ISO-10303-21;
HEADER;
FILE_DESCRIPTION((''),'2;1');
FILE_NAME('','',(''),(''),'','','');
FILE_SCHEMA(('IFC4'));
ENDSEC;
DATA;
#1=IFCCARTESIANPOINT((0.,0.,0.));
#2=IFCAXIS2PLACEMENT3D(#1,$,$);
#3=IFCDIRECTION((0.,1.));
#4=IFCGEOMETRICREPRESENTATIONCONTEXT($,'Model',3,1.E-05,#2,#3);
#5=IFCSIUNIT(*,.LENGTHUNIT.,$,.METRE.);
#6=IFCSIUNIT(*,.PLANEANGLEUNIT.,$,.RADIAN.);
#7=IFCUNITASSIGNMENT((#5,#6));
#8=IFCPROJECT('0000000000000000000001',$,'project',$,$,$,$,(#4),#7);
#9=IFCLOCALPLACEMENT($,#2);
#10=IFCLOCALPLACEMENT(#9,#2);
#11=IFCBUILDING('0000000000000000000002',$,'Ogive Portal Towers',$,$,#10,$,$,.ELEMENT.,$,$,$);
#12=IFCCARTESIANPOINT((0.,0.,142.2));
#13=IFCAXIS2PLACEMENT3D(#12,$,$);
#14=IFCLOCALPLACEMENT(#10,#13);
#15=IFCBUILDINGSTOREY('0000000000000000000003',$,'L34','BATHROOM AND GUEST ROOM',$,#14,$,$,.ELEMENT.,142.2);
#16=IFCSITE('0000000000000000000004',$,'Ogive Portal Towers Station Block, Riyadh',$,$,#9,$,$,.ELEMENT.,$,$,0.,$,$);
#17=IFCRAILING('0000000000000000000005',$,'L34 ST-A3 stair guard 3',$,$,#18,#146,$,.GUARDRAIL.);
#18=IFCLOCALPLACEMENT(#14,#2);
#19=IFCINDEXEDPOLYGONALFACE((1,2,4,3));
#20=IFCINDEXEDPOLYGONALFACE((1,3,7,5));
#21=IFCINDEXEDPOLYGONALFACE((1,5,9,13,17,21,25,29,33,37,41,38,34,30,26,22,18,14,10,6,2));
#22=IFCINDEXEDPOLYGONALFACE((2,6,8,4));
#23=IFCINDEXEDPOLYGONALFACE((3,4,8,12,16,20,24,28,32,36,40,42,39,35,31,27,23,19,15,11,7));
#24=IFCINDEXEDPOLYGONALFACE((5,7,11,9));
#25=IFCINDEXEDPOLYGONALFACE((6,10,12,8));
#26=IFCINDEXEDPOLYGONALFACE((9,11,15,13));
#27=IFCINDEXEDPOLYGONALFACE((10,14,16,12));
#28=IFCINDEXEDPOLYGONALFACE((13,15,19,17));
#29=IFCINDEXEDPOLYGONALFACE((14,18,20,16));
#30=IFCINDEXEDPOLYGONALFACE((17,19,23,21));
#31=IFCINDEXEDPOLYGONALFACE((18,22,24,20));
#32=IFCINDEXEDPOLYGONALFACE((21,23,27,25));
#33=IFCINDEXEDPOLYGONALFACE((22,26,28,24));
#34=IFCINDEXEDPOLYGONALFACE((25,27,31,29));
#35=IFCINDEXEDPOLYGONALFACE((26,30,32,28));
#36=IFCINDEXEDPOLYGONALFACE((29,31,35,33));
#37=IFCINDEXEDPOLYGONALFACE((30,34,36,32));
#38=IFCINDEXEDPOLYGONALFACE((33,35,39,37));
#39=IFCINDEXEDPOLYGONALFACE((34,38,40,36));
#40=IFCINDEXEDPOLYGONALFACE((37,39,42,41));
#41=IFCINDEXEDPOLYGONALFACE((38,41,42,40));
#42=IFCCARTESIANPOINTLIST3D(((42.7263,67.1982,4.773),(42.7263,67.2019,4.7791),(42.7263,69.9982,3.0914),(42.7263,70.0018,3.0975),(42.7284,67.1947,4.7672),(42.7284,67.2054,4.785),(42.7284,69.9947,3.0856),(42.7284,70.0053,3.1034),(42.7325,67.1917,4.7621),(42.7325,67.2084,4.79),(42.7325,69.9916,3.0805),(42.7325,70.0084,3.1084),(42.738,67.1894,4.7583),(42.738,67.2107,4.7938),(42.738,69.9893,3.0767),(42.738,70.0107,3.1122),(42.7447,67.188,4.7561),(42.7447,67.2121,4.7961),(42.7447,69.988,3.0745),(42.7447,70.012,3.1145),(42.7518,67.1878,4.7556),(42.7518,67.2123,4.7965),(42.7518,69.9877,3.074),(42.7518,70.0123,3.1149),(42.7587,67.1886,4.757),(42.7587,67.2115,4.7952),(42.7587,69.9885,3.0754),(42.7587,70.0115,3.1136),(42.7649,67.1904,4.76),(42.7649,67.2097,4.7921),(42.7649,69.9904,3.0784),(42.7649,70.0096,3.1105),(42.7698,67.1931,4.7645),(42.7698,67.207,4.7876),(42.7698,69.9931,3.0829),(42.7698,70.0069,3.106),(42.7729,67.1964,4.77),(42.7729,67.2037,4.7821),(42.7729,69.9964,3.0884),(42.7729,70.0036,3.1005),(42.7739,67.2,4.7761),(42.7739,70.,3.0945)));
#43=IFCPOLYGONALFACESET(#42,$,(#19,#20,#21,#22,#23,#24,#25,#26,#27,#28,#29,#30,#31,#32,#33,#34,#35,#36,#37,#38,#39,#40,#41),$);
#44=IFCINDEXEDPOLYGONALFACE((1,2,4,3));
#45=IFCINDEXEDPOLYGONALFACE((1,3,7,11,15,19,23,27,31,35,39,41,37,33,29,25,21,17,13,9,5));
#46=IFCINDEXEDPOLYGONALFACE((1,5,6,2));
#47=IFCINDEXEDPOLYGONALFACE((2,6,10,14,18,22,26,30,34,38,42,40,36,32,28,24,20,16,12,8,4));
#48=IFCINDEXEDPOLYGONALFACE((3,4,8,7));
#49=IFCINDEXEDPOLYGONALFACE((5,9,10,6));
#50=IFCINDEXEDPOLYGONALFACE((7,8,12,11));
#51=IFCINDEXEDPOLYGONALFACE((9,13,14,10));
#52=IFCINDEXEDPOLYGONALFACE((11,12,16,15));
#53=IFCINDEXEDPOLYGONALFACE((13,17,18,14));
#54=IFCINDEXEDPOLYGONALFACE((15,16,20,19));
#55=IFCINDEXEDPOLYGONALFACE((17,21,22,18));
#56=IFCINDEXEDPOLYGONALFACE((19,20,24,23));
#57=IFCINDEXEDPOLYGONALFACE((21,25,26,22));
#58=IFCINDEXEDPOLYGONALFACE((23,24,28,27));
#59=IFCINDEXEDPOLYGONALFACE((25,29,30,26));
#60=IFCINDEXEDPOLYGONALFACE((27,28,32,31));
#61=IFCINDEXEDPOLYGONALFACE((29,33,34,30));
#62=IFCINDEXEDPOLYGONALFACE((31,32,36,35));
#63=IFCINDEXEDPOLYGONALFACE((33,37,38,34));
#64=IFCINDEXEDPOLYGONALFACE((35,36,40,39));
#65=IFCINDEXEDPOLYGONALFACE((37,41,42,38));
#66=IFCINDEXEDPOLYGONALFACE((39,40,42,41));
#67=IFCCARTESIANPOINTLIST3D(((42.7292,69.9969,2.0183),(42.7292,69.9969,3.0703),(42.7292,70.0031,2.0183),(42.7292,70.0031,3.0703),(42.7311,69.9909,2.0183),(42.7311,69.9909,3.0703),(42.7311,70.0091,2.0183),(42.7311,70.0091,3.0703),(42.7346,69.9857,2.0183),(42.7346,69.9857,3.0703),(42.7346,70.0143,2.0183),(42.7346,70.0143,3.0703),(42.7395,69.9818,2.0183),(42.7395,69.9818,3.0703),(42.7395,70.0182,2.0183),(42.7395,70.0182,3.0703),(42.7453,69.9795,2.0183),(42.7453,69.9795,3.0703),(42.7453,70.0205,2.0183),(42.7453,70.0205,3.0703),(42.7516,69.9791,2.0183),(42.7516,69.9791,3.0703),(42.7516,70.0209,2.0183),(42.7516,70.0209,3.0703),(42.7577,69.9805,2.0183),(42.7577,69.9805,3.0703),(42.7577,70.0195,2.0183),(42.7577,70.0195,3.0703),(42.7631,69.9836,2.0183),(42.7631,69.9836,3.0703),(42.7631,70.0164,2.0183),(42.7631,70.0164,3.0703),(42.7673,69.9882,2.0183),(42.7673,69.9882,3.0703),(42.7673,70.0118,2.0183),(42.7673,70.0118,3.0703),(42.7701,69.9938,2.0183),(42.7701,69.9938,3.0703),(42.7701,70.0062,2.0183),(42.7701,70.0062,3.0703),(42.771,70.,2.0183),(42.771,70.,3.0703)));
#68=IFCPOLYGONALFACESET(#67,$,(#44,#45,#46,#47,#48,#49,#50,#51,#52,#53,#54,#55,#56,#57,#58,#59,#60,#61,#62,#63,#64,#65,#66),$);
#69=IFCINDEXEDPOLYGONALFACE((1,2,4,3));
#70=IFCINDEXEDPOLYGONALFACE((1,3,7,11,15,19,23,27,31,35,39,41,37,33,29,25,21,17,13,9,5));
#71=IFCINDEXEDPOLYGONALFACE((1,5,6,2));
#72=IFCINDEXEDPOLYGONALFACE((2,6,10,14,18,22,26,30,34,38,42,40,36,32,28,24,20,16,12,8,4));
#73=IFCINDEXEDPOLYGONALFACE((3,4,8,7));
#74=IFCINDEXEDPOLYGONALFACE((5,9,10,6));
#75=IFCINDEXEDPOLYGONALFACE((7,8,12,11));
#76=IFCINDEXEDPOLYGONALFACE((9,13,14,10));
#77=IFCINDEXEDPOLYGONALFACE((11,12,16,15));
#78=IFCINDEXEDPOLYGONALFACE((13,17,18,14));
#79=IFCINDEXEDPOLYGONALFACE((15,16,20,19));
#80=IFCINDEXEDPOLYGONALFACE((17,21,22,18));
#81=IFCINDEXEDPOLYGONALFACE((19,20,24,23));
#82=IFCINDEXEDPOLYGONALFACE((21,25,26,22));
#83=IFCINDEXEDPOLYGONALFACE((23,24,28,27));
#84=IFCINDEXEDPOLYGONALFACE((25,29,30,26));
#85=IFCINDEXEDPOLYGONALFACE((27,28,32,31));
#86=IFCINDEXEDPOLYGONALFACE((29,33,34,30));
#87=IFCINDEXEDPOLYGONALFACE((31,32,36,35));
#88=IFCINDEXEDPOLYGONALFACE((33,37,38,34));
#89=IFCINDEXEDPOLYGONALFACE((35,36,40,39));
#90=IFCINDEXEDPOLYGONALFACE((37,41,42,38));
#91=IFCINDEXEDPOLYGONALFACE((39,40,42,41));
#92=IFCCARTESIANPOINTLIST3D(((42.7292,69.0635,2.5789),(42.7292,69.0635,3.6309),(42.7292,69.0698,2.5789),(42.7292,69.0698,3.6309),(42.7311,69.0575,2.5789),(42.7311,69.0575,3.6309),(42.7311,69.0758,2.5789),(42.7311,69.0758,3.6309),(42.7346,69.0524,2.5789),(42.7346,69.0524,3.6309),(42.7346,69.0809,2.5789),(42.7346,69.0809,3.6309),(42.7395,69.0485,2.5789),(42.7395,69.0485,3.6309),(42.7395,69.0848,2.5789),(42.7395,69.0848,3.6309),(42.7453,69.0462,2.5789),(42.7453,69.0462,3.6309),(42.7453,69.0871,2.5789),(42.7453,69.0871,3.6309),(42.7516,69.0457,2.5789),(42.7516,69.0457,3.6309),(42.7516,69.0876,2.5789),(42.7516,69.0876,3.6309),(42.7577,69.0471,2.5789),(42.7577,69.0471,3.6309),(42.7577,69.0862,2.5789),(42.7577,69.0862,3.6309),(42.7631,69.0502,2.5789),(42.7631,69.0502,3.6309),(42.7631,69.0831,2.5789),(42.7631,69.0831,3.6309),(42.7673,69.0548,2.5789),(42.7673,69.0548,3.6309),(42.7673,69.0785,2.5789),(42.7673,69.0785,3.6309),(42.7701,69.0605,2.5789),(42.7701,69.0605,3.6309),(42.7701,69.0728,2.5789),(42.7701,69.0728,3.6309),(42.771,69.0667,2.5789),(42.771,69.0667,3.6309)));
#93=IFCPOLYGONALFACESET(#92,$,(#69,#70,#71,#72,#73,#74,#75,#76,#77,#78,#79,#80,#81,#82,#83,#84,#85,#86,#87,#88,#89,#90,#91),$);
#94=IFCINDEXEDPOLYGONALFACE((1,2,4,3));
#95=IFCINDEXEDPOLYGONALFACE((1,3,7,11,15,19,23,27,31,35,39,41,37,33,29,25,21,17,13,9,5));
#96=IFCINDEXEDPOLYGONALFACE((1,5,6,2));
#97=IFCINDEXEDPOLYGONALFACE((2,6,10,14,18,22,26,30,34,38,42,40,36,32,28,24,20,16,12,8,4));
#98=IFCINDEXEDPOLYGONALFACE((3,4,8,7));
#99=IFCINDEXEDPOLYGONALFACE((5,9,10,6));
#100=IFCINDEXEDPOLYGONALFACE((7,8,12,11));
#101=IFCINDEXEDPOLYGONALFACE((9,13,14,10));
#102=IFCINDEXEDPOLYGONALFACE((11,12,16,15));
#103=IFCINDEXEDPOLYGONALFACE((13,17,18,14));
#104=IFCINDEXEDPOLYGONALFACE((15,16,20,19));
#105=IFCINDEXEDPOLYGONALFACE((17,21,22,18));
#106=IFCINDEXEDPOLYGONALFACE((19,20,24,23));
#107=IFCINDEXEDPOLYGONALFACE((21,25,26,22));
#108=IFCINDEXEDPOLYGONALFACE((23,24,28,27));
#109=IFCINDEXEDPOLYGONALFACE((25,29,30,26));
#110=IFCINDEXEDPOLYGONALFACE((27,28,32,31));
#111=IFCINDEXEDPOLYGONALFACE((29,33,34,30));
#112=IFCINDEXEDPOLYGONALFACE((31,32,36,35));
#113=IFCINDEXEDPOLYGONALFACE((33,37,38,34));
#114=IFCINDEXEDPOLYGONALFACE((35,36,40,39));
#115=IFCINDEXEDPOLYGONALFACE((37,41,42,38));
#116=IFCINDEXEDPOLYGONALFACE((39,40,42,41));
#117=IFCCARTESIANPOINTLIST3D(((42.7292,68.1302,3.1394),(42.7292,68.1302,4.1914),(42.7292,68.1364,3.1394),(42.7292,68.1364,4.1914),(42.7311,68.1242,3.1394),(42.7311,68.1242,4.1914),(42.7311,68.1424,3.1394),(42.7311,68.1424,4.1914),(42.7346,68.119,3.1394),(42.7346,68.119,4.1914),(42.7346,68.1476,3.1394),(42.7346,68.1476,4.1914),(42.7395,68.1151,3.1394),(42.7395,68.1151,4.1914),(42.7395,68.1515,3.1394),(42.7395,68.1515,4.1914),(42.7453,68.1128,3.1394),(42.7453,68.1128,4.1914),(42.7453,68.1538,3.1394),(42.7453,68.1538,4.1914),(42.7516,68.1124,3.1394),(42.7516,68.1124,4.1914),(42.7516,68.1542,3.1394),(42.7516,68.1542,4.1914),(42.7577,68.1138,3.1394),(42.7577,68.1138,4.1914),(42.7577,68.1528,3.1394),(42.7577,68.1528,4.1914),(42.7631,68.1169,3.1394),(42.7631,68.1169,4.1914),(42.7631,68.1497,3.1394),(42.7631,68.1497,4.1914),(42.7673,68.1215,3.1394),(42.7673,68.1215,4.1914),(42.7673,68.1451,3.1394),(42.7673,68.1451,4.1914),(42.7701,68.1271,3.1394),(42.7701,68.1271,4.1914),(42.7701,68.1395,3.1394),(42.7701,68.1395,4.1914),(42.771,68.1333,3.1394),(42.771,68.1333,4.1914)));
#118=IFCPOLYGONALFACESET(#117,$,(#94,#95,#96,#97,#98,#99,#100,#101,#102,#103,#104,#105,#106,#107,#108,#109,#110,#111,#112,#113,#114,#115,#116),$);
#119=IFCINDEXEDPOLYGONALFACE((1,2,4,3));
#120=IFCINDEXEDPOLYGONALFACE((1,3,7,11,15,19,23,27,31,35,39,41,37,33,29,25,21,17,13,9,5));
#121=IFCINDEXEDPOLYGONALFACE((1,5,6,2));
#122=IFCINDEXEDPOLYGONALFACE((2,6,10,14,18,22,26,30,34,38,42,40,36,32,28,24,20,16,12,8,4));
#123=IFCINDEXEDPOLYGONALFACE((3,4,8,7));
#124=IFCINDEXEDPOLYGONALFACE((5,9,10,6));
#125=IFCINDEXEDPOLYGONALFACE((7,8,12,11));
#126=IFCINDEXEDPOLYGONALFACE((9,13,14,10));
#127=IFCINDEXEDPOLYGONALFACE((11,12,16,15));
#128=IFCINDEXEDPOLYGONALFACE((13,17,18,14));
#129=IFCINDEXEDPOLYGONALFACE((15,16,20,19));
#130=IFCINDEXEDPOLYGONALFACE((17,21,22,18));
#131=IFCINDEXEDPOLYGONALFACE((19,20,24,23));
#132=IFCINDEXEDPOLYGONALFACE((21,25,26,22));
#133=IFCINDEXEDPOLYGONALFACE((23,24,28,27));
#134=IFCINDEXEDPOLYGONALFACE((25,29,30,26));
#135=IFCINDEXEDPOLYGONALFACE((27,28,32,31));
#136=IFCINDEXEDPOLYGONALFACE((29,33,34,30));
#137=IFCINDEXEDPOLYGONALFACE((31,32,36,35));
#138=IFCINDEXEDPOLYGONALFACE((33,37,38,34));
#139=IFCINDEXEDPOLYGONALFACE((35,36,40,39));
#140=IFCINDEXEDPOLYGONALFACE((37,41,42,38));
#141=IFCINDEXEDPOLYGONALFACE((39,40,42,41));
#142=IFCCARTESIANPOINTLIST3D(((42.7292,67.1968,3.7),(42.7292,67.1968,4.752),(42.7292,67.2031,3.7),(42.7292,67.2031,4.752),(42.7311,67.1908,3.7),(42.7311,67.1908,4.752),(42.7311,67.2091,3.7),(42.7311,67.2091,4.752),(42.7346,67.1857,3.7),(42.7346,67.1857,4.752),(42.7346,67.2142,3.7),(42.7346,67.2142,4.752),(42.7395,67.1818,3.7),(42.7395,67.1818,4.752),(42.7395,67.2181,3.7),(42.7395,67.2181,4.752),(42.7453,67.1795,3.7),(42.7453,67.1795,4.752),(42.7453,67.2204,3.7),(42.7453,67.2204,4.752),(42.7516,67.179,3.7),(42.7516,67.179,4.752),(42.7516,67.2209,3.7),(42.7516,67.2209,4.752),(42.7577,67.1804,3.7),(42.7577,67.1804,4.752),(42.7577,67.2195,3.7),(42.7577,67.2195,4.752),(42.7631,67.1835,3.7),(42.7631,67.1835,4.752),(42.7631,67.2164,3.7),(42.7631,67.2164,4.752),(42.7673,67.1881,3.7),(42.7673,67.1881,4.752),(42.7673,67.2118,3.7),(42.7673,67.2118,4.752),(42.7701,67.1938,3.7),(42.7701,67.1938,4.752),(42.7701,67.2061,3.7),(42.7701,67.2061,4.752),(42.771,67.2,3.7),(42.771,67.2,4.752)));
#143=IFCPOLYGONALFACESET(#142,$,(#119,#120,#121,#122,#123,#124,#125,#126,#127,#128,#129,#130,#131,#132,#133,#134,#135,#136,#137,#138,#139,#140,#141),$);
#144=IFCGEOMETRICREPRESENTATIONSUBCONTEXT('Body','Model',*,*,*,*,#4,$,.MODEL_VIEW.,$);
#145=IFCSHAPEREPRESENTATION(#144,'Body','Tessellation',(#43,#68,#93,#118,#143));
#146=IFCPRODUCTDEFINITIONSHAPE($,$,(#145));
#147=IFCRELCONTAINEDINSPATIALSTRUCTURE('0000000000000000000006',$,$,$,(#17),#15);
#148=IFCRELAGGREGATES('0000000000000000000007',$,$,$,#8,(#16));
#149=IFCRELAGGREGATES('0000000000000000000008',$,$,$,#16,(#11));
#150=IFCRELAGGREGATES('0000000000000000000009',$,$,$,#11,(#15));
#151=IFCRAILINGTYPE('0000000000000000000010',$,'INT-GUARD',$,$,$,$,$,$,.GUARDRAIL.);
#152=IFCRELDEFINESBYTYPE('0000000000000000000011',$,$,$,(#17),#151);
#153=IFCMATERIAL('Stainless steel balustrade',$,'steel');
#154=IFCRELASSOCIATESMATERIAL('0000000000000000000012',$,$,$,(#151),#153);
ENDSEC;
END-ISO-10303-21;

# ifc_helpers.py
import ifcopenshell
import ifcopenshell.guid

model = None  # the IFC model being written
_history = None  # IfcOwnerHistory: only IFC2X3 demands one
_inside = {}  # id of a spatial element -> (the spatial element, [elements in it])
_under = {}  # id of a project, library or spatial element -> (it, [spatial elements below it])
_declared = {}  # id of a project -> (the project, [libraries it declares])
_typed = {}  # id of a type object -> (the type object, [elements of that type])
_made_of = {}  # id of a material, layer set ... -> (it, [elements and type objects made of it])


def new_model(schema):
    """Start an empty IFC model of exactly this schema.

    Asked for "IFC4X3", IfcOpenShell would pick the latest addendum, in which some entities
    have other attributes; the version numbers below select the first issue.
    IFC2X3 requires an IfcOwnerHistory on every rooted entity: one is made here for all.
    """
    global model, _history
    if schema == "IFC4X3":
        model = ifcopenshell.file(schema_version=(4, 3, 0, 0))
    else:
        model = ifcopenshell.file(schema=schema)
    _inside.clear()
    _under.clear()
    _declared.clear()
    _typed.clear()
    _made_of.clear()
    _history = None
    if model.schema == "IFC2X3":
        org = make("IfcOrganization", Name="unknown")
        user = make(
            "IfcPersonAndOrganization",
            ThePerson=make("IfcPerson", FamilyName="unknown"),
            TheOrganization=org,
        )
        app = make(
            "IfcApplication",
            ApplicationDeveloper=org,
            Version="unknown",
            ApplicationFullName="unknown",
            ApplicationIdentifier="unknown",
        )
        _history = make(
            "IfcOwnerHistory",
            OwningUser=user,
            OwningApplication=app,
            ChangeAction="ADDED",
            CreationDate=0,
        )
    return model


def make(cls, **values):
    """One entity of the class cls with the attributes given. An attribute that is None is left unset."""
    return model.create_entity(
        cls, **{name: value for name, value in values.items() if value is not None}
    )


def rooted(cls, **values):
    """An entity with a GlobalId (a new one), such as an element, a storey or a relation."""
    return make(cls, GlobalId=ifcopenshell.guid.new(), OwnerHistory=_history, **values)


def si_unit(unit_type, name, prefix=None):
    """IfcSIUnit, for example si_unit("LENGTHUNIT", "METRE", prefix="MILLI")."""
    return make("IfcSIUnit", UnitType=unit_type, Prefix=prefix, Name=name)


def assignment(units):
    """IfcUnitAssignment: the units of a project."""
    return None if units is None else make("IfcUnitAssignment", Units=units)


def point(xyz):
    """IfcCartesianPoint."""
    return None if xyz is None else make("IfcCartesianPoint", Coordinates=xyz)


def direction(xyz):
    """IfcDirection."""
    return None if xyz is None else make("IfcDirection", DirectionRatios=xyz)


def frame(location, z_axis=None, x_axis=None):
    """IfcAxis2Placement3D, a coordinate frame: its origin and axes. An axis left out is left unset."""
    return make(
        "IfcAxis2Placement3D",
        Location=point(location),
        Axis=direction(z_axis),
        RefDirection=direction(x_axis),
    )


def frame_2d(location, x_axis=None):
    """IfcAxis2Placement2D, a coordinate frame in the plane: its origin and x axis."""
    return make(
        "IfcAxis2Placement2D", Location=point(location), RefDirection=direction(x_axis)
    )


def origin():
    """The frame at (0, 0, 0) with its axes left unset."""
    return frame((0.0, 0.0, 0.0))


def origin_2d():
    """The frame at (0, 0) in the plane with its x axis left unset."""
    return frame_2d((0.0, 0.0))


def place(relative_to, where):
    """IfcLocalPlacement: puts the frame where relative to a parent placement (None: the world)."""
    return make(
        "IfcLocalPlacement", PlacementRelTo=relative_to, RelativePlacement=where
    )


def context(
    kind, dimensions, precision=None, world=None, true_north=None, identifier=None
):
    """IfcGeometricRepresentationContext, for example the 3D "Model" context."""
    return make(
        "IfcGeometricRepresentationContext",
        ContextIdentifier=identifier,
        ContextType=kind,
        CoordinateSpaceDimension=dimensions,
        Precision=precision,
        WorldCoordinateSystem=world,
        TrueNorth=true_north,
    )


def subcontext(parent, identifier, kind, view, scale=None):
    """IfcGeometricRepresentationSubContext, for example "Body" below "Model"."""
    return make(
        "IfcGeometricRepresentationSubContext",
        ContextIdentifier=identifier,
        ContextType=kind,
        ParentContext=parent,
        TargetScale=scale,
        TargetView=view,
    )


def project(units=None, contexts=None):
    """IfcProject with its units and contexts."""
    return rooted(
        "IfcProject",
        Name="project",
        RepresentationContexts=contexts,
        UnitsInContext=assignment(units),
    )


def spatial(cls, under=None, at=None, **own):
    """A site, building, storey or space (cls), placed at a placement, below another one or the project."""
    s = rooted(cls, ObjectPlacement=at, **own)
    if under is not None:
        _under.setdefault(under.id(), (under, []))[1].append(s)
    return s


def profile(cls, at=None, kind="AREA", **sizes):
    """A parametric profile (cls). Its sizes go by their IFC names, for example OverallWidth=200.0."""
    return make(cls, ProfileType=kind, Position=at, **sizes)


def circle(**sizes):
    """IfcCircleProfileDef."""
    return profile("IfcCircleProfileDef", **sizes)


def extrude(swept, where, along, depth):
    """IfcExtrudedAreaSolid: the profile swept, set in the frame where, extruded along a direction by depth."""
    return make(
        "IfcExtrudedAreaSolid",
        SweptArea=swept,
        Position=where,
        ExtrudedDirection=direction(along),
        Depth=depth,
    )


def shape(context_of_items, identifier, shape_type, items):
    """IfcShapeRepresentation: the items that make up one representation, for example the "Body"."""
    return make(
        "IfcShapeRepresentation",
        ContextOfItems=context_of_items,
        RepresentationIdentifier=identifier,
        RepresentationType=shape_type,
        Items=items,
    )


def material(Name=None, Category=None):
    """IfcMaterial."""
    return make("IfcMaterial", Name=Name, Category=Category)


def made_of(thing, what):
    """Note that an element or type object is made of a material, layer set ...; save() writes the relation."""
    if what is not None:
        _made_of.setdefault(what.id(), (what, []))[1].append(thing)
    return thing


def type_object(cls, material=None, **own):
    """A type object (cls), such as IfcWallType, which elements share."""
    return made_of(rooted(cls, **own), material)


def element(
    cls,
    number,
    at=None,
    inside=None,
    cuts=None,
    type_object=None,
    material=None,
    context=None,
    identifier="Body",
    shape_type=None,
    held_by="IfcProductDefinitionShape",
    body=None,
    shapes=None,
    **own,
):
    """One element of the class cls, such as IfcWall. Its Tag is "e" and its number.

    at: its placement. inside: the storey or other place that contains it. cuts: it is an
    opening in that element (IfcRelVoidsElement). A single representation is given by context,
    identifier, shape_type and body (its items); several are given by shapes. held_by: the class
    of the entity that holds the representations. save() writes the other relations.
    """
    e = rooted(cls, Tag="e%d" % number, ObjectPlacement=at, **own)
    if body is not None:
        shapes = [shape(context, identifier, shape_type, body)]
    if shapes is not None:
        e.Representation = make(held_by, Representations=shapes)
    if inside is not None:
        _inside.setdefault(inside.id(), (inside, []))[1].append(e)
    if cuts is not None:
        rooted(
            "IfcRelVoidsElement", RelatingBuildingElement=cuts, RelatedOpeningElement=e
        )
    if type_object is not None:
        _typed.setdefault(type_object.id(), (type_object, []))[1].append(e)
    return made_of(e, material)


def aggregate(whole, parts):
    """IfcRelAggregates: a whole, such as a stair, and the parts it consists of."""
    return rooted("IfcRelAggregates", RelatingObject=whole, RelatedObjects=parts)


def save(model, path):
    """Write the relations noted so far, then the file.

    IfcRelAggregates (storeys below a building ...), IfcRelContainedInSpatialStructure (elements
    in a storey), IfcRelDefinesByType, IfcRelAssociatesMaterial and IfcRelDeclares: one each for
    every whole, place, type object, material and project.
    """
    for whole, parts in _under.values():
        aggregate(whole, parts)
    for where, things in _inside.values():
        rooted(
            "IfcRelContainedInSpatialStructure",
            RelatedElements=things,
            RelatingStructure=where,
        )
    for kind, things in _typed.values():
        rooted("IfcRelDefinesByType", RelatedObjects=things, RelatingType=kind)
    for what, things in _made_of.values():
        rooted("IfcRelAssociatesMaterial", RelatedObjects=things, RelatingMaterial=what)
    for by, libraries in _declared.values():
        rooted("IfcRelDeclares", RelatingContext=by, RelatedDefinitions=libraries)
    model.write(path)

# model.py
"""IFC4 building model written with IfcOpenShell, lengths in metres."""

from ifc_helpers import new_model, si_unit, direction, frame, origin, origin_2d, place, context, subcontext, project, spatial, circle, extrude, material, type_object, element, save


model = new_model("IFC4")

# Units and contexts
model_context = context("Model", 3, precision=1e-05, world=origin(), true_north=direction((0.0, 1.0)))
body_context = subcontext(model_context, "Body", "Model", "MODEL_VIEW")
ifc_project = project(units=[si_unit("LENGTHUNIT", "METRE"), si_unit("PLANEANGLEUNIT", "RADIAN")], contexts=[model_context])

# Site, building, storey
site_placement = place(None, origin())
site = spatial("IfcSite", under=ifc_project, at=site_placement, Name="Ogive Portal Towers Station Block, Riyadh", CompositionType="ELEMENT", RefElevation=0.0)
building_placement = place(site_placement, origin())
building = spatial("IfcBuilding", under=site, at=building_placement, Name="Ogive Portal Towers", CompositionType="ELEMENT")
storey_placement = place(building_placement, frame((0.0, 0.0, 142.2)))
storey = spatial("IfcBuildingStorey", under=building, at=storey_placement, Name="L34", Description="BATHROOM AND GUEST ROOM", CompositionType="ELEMENT", Elevation=142.2)

# Railing
ifc_material_1 = material(Name="Stainless steel balustrade", Category="steel")
railing_type_1 = type_object("IfcRailingType", Name="INT-GUARD", PredefinedType="GUARDRAIL", material=ifc_material_1)
railing_1_placement = place(storey_placement, frame((42.75, 70.0, 2.0183)))
element("IfcRailing", 1, at=railing_1_placement, inside=storey, type_object=railing_type_1, Name="L34 ST-A3 stair guard 3", PredefinedType="GUARDRAIL", context=body_context, shape_type="SweptSolid", body=[
    extrude(circle(Radius=0.0239, at=origin_2d()), frame((0.0, 0.0, 1.0762), z_axis=(0.0, -0.857275, 0.514858), x_axis=(1.0, 0.0, 0.0)), (0.0, 0.0, 1.0), 3.2661),
    extrude(circle(Radius=0.021, at=origin_2d()), origin(), (0.0, 0.0, 1.0), 1.052),
    extrude(circle(Radius=0.021, at=origin_2d()), frame((0.0, -0.9333, 0.5605)), (0.0, 0.0, 1.0), 1.052),
    extrude(circle(Radius=0.021, at=origin_2d()), frame((0.0, -1.8667, 1.1211)), (0.0, 0.0, 1.0), 1.052),
    extrude(circle(Radius=0.021, at=origin_2d()), frame((0.0, -2.8, 1.6816)), (0.0, 0.0, 1.0), 1.052),
])

save(model, "model.ifc")
